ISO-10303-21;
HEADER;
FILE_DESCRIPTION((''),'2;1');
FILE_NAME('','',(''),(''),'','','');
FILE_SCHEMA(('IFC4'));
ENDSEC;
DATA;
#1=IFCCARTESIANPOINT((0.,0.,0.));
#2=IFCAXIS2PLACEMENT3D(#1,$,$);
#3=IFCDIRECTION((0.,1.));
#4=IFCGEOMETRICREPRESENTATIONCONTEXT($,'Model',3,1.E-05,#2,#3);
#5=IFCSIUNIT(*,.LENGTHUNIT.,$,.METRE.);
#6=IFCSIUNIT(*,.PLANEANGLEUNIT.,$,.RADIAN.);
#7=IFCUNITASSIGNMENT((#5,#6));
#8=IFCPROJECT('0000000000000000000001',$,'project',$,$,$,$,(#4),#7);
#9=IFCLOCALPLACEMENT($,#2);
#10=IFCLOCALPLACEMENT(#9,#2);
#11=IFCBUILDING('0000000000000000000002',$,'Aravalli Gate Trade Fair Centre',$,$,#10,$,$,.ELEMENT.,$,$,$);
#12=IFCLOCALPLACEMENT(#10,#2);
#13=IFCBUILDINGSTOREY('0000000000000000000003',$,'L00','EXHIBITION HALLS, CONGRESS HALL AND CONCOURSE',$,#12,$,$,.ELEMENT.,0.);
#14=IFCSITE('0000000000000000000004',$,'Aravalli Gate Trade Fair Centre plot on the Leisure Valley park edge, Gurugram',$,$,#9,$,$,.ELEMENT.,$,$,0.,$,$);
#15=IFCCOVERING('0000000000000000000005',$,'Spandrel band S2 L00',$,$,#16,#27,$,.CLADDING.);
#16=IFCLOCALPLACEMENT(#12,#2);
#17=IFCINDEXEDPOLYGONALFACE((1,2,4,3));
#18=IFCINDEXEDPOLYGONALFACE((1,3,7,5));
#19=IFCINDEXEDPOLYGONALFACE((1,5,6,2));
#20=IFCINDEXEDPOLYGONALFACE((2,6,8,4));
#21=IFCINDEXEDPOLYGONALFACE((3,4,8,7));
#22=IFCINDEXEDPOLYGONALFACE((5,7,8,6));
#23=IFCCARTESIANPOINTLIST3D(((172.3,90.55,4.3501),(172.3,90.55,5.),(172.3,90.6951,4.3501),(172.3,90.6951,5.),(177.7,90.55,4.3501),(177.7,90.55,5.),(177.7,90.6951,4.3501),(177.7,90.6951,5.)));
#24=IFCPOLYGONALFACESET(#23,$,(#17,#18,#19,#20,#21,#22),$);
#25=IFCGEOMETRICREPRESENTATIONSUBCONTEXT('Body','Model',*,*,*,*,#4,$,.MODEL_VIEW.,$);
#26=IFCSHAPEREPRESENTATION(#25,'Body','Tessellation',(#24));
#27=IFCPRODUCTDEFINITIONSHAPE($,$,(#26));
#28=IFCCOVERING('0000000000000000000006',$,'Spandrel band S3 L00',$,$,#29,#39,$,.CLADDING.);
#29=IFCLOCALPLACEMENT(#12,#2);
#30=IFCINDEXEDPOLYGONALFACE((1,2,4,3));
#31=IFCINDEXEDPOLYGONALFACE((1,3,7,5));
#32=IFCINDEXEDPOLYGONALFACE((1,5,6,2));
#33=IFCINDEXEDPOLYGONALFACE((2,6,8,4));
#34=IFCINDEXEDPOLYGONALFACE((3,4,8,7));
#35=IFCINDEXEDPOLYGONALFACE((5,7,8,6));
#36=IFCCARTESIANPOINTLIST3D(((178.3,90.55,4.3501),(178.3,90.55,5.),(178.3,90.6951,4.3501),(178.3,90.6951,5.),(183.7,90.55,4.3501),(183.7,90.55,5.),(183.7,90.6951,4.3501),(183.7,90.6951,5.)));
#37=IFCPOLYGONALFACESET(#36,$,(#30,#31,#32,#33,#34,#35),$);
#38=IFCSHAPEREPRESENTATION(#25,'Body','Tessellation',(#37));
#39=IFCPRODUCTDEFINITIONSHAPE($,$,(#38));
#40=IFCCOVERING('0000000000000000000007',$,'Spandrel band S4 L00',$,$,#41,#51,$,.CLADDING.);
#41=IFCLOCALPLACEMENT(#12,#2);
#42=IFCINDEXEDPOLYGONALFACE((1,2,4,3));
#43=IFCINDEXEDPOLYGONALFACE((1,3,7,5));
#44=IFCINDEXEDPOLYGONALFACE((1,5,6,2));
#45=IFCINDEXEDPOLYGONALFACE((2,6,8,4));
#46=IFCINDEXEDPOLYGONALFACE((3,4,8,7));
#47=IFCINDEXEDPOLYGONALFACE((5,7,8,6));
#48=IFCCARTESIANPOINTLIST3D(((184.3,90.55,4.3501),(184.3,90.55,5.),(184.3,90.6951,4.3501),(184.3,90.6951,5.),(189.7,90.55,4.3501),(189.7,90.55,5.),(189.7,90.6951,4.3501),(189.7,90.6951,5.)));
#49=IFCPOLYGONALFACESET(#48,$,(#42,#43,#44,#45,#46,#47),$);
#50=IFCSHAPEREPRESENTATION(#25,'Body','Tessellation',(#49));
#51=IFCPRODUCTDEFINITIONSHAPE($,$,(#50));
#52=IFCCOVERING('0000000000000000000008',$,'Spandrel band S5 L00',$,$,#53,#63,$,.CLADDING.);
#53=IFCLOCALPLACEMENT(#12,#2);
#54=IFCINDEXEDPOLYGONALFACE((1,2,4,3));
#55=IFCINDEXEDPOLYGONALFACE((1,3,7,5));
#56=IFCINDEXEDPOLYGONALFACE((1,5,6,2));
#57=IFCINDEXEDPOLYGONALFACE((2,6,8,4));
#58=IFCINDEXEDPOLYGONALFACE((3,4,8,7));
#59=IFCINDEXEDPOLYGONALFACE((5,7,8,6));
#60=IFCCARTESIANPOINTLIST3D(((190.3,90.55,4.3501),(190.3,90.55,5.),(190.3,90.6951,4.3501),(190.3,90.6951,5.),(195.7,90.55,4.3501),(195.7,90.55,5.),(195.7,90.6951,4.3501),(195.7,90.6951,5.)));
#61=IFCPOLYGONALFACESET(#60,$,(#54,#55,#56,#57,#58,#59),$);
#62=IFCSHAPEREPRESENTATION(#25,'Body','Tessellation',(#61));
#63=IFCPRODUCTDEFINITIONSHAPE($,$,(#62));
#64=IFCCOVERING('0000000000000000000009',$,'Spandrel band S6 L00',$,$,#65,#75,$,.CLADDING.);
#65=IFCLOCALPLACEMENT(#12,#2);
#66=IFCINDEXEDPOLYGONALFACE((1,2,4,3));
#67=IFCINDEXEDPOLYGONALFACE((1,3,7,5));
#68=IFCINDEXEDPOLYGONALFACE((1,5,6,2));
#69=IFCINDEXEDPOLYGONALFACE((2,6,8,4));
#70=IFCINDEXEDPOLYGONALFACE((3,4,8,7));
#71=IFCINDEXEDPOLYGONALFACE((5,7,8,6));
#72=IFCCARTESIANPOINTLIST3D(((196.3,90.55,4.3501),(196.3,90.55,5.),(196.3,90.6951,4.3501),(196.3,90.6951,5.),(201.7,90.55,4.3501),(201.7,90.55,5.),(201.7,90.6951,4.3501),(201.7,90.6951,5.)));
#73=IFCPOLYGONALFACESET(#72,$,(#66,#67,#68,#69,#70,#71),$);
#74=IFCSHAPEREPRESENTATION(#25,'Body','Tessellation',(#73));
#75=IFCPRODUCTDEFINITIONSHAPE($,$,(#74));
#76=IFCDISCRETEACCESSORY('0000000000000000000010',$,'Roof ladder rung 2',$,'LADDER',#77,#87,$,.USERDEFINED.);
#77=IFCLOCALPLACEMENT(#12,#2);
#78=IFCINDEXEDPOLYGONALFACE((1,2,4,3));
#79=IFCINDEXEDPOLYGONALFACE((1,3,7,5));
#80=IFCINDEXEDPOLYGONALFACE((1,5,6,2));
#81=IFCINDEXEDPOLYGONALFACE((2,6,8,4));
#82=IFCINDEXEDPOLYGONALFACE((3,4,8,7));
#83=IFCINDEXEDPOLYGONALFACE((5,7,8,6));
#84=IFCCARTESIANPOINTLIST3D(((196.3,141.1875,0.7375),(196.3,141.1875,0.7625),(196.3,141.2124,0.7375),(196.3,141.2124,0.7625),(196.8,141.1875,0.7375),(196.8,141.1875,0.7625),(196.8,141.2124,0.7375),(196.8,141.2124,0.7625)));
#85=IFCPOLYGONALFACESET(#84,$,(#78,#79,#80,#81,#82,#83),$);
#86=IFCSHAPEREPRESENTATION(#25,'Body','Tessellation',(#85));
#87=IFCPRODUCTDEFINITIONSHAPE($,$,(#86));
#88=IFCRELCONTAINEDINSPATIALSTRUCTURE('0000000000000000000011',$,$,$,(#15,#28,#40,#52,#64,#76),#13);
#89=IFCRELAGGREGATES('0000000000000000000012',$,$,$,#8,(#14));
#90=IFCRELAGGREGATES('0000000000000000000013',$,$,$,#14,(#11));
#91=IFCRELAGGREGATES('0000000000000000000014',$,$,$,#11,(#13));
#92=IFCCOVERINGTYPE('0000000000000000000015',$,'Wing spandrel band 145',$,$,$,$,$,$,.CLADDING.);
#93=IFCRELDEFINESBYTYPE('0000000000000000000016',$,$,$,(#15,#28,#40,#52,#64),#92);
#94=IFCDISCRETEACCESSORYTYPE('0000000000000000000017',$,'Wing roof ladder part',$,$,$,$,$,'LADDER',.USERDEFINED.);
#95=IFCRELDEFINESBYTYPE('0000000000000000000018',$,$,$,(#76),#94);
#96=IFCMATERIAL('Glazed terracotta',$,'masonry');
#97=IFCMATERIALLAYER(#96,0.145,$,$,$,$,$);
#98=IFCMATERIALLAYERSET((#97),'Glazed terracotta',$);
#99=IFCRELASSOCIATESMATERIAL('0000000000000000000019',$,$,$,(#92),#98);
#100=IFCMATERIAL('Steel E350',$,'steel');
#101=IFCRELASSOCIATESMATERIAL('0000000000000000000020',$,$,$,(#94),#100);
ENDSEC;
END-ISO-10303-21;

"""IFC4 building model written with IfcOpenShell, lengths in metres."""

from ifc_helpers import new_model, si_unit, direction, frame, origin, place, context, subcontext, project, spatial, polyline, outline, extrude, material, layer, layer_set, type_object, element, save


model = new_model("IFC4")

# Units and contexts
model_context = context("Model", 3, precision=1e-05, world=origin(), true_north=direction((0.0, 1.0)))
body_context = subcontext(model_context, "Body", "Model", "MODEL_VIEW")
ifc_project = project(units=[si_unit("LENGTHUNIT", "METRE"), si_unit("PLANEANGLEUNIT", "RADIAN")], contexts=[model_context])

# Site, building, storey
site_placement = place(None, origin())
site = spatial("IfcSite", under=ifc_project, at=site_placement, Name="Aravalli Gate Trade Fair Centre plot on the Leisure Valley park edge, Gurugram", CompositionType="ELEMENT", RefElevation=0.0)
building_placement = place(site_placement, origin())
building = spatial("IfcBuilding", under=site, at=building_placement, Name="Aravalli Gate Trade Fair Centre", CompositionType="ELEMENT")
storey_placement = place(building_placement, origin())
storey = spatial("IfcBuildingStorey", under=building, at=storey_placement, Name="L00", Description="EXHIBITION HALLS, CONGRESS HALL AND CONCOURSE", CompositionType="ELEMENT", Elevation=0.0)

# Coverings
ifc_material_1 = material(Name="Glazed terracotta", Category="masonry")
ifc_layer_1 = layer(ifc_material_1, 0.145)
ifc_layer_set_1 = layer_set([ifc_layer_1], Name="Glazed terracotta")
covering_type_1 = type_object("IfcCoveringType", Name="Wing spandrel band 145", PredefinedType="CLADDING", material=ifc_layer_set_1)
covering_1_placement = place(storey_placement, frame((0.0, 0.0, 4.3501)))
element("IfcCovering", 1, at=covering_1_placement, inside=storey, type_object=covering_type_1, Name="Spandrel band S2 L00", PredefinedType="CLADDING", context=body_context, shape_type="SweptSolid", body=[
    extrude(outline(polyline([(172.3, 90.55), (177.7, 90.55), (177.7, 90.6951), (172.3, 90.6951), (172.3, 90.55)])), origin(), (0.0, 0.0, 1.0), 0.6499),
])
covering_2_placement = place(storey_placement, frame((0.0, 0.0, 4.3501)))
element("IfcCovering", 2, at=covering_2_placement, inside=storey, type_object=covering_type_1, Name="Spandrel band S3 L00", PredefinedType="CLADDING", context=body_context, shape_type="SweptSolid", body=[
    extrude(outline(polyline([(178.3, 90.55), (183.7, 90.55), (183.7, 90.6951), (178.3, 90.6951), (178.3, 90.55)])), origin(), (0.0, 0.0, 1.0), 0.6499),
])
covering_3_placement = place(storey_placement, frame((0.0, 0.0, 4.3501)))
element("IfcCovering", 3, at=covering_3_placement, inside=storey, type_object=covering_type_1, Name="Spandrel band S4 L00", PredefinedType="CLADDING", context=body_context, shape_type="SweptSolid", body=[
    extrude(outline(polyline([(184.3, 90.55), (189.7, 90.55), (189.7, 90.6951), (184.3, 90.6951), (184.3, 90.55)])), origin(), (0.0, 0.0, 1.0), 0.6499),
])
covering_4_placement = place(storey_placement, frame((0.0, 0.0, 4.3501)))
element("IfcCovering", 4, at=covering_4_placement, inside=storey, type_object=covering_type_1, Name="Spandrel band S5 L00", PredefinedType="CLADDING", context=body_context, shape_type="SweptSolid", body=[
    extrude(outline(polyline([(190.3, 90.55), (195.7, 90.55), (195.7, 90.6951), (190.3, 90.6951), (190.3, 90.55)])), origin(), (0.0, 0.0, 1.0), 0.6499),
])
covering_5_placement = place(storey_placement, frame((0.0, 0.0, 4.3501)))
element("IfcCovering", 5, at=covering_5_placement, inside=storey, type_object=covering_type_1, Name="Spandrel band S6 L00", PredefinedType="CLADDING", context=body_context, shape_type="SweptSolid", body=[
    extrude(outline(polyline([(196.3, 90.55), (201.7, 90.55), (201.7, 90.6951), (196.3, 90.6951), (196.3, 90.55)])), origin(), (0.0, 0.0, 1.0), 0.6499),
])

# Discrete accessory
ifc_material_2 = material(Name="Steel E350", Category="steel")
discrete_accessory_type = type_object("IfcDiscreteAccessoryType", Name="Wing roof ladder part", ElementType="LADDER", PredefinedType="USERDEFINED", material=ifc_material_2)
discrete_accessory_placement = place(storey_placement, frame((0.0, 0.0, 0.7375)))
element("IfcDiscreteAccessory", 6, at=discrete_accessory_placement, inside=storey, type_object=discrete_accessory_type, Name="Roof ladder rung 2", ObjectType="LADDER", PredefinedType="USERDEFINED", context=body_context, shape_type="SweptSolid", body=[
    extrude(outline(polyline([(196.3, 141.1875), (196.8, 141.1875), (196.8, 141.2124), (196.3, 141.2124), (196.3, 141.1875)])), origin(), (0.0, 0.0, 1.0), 0.0249),
])

save(model, "model.ifc")
